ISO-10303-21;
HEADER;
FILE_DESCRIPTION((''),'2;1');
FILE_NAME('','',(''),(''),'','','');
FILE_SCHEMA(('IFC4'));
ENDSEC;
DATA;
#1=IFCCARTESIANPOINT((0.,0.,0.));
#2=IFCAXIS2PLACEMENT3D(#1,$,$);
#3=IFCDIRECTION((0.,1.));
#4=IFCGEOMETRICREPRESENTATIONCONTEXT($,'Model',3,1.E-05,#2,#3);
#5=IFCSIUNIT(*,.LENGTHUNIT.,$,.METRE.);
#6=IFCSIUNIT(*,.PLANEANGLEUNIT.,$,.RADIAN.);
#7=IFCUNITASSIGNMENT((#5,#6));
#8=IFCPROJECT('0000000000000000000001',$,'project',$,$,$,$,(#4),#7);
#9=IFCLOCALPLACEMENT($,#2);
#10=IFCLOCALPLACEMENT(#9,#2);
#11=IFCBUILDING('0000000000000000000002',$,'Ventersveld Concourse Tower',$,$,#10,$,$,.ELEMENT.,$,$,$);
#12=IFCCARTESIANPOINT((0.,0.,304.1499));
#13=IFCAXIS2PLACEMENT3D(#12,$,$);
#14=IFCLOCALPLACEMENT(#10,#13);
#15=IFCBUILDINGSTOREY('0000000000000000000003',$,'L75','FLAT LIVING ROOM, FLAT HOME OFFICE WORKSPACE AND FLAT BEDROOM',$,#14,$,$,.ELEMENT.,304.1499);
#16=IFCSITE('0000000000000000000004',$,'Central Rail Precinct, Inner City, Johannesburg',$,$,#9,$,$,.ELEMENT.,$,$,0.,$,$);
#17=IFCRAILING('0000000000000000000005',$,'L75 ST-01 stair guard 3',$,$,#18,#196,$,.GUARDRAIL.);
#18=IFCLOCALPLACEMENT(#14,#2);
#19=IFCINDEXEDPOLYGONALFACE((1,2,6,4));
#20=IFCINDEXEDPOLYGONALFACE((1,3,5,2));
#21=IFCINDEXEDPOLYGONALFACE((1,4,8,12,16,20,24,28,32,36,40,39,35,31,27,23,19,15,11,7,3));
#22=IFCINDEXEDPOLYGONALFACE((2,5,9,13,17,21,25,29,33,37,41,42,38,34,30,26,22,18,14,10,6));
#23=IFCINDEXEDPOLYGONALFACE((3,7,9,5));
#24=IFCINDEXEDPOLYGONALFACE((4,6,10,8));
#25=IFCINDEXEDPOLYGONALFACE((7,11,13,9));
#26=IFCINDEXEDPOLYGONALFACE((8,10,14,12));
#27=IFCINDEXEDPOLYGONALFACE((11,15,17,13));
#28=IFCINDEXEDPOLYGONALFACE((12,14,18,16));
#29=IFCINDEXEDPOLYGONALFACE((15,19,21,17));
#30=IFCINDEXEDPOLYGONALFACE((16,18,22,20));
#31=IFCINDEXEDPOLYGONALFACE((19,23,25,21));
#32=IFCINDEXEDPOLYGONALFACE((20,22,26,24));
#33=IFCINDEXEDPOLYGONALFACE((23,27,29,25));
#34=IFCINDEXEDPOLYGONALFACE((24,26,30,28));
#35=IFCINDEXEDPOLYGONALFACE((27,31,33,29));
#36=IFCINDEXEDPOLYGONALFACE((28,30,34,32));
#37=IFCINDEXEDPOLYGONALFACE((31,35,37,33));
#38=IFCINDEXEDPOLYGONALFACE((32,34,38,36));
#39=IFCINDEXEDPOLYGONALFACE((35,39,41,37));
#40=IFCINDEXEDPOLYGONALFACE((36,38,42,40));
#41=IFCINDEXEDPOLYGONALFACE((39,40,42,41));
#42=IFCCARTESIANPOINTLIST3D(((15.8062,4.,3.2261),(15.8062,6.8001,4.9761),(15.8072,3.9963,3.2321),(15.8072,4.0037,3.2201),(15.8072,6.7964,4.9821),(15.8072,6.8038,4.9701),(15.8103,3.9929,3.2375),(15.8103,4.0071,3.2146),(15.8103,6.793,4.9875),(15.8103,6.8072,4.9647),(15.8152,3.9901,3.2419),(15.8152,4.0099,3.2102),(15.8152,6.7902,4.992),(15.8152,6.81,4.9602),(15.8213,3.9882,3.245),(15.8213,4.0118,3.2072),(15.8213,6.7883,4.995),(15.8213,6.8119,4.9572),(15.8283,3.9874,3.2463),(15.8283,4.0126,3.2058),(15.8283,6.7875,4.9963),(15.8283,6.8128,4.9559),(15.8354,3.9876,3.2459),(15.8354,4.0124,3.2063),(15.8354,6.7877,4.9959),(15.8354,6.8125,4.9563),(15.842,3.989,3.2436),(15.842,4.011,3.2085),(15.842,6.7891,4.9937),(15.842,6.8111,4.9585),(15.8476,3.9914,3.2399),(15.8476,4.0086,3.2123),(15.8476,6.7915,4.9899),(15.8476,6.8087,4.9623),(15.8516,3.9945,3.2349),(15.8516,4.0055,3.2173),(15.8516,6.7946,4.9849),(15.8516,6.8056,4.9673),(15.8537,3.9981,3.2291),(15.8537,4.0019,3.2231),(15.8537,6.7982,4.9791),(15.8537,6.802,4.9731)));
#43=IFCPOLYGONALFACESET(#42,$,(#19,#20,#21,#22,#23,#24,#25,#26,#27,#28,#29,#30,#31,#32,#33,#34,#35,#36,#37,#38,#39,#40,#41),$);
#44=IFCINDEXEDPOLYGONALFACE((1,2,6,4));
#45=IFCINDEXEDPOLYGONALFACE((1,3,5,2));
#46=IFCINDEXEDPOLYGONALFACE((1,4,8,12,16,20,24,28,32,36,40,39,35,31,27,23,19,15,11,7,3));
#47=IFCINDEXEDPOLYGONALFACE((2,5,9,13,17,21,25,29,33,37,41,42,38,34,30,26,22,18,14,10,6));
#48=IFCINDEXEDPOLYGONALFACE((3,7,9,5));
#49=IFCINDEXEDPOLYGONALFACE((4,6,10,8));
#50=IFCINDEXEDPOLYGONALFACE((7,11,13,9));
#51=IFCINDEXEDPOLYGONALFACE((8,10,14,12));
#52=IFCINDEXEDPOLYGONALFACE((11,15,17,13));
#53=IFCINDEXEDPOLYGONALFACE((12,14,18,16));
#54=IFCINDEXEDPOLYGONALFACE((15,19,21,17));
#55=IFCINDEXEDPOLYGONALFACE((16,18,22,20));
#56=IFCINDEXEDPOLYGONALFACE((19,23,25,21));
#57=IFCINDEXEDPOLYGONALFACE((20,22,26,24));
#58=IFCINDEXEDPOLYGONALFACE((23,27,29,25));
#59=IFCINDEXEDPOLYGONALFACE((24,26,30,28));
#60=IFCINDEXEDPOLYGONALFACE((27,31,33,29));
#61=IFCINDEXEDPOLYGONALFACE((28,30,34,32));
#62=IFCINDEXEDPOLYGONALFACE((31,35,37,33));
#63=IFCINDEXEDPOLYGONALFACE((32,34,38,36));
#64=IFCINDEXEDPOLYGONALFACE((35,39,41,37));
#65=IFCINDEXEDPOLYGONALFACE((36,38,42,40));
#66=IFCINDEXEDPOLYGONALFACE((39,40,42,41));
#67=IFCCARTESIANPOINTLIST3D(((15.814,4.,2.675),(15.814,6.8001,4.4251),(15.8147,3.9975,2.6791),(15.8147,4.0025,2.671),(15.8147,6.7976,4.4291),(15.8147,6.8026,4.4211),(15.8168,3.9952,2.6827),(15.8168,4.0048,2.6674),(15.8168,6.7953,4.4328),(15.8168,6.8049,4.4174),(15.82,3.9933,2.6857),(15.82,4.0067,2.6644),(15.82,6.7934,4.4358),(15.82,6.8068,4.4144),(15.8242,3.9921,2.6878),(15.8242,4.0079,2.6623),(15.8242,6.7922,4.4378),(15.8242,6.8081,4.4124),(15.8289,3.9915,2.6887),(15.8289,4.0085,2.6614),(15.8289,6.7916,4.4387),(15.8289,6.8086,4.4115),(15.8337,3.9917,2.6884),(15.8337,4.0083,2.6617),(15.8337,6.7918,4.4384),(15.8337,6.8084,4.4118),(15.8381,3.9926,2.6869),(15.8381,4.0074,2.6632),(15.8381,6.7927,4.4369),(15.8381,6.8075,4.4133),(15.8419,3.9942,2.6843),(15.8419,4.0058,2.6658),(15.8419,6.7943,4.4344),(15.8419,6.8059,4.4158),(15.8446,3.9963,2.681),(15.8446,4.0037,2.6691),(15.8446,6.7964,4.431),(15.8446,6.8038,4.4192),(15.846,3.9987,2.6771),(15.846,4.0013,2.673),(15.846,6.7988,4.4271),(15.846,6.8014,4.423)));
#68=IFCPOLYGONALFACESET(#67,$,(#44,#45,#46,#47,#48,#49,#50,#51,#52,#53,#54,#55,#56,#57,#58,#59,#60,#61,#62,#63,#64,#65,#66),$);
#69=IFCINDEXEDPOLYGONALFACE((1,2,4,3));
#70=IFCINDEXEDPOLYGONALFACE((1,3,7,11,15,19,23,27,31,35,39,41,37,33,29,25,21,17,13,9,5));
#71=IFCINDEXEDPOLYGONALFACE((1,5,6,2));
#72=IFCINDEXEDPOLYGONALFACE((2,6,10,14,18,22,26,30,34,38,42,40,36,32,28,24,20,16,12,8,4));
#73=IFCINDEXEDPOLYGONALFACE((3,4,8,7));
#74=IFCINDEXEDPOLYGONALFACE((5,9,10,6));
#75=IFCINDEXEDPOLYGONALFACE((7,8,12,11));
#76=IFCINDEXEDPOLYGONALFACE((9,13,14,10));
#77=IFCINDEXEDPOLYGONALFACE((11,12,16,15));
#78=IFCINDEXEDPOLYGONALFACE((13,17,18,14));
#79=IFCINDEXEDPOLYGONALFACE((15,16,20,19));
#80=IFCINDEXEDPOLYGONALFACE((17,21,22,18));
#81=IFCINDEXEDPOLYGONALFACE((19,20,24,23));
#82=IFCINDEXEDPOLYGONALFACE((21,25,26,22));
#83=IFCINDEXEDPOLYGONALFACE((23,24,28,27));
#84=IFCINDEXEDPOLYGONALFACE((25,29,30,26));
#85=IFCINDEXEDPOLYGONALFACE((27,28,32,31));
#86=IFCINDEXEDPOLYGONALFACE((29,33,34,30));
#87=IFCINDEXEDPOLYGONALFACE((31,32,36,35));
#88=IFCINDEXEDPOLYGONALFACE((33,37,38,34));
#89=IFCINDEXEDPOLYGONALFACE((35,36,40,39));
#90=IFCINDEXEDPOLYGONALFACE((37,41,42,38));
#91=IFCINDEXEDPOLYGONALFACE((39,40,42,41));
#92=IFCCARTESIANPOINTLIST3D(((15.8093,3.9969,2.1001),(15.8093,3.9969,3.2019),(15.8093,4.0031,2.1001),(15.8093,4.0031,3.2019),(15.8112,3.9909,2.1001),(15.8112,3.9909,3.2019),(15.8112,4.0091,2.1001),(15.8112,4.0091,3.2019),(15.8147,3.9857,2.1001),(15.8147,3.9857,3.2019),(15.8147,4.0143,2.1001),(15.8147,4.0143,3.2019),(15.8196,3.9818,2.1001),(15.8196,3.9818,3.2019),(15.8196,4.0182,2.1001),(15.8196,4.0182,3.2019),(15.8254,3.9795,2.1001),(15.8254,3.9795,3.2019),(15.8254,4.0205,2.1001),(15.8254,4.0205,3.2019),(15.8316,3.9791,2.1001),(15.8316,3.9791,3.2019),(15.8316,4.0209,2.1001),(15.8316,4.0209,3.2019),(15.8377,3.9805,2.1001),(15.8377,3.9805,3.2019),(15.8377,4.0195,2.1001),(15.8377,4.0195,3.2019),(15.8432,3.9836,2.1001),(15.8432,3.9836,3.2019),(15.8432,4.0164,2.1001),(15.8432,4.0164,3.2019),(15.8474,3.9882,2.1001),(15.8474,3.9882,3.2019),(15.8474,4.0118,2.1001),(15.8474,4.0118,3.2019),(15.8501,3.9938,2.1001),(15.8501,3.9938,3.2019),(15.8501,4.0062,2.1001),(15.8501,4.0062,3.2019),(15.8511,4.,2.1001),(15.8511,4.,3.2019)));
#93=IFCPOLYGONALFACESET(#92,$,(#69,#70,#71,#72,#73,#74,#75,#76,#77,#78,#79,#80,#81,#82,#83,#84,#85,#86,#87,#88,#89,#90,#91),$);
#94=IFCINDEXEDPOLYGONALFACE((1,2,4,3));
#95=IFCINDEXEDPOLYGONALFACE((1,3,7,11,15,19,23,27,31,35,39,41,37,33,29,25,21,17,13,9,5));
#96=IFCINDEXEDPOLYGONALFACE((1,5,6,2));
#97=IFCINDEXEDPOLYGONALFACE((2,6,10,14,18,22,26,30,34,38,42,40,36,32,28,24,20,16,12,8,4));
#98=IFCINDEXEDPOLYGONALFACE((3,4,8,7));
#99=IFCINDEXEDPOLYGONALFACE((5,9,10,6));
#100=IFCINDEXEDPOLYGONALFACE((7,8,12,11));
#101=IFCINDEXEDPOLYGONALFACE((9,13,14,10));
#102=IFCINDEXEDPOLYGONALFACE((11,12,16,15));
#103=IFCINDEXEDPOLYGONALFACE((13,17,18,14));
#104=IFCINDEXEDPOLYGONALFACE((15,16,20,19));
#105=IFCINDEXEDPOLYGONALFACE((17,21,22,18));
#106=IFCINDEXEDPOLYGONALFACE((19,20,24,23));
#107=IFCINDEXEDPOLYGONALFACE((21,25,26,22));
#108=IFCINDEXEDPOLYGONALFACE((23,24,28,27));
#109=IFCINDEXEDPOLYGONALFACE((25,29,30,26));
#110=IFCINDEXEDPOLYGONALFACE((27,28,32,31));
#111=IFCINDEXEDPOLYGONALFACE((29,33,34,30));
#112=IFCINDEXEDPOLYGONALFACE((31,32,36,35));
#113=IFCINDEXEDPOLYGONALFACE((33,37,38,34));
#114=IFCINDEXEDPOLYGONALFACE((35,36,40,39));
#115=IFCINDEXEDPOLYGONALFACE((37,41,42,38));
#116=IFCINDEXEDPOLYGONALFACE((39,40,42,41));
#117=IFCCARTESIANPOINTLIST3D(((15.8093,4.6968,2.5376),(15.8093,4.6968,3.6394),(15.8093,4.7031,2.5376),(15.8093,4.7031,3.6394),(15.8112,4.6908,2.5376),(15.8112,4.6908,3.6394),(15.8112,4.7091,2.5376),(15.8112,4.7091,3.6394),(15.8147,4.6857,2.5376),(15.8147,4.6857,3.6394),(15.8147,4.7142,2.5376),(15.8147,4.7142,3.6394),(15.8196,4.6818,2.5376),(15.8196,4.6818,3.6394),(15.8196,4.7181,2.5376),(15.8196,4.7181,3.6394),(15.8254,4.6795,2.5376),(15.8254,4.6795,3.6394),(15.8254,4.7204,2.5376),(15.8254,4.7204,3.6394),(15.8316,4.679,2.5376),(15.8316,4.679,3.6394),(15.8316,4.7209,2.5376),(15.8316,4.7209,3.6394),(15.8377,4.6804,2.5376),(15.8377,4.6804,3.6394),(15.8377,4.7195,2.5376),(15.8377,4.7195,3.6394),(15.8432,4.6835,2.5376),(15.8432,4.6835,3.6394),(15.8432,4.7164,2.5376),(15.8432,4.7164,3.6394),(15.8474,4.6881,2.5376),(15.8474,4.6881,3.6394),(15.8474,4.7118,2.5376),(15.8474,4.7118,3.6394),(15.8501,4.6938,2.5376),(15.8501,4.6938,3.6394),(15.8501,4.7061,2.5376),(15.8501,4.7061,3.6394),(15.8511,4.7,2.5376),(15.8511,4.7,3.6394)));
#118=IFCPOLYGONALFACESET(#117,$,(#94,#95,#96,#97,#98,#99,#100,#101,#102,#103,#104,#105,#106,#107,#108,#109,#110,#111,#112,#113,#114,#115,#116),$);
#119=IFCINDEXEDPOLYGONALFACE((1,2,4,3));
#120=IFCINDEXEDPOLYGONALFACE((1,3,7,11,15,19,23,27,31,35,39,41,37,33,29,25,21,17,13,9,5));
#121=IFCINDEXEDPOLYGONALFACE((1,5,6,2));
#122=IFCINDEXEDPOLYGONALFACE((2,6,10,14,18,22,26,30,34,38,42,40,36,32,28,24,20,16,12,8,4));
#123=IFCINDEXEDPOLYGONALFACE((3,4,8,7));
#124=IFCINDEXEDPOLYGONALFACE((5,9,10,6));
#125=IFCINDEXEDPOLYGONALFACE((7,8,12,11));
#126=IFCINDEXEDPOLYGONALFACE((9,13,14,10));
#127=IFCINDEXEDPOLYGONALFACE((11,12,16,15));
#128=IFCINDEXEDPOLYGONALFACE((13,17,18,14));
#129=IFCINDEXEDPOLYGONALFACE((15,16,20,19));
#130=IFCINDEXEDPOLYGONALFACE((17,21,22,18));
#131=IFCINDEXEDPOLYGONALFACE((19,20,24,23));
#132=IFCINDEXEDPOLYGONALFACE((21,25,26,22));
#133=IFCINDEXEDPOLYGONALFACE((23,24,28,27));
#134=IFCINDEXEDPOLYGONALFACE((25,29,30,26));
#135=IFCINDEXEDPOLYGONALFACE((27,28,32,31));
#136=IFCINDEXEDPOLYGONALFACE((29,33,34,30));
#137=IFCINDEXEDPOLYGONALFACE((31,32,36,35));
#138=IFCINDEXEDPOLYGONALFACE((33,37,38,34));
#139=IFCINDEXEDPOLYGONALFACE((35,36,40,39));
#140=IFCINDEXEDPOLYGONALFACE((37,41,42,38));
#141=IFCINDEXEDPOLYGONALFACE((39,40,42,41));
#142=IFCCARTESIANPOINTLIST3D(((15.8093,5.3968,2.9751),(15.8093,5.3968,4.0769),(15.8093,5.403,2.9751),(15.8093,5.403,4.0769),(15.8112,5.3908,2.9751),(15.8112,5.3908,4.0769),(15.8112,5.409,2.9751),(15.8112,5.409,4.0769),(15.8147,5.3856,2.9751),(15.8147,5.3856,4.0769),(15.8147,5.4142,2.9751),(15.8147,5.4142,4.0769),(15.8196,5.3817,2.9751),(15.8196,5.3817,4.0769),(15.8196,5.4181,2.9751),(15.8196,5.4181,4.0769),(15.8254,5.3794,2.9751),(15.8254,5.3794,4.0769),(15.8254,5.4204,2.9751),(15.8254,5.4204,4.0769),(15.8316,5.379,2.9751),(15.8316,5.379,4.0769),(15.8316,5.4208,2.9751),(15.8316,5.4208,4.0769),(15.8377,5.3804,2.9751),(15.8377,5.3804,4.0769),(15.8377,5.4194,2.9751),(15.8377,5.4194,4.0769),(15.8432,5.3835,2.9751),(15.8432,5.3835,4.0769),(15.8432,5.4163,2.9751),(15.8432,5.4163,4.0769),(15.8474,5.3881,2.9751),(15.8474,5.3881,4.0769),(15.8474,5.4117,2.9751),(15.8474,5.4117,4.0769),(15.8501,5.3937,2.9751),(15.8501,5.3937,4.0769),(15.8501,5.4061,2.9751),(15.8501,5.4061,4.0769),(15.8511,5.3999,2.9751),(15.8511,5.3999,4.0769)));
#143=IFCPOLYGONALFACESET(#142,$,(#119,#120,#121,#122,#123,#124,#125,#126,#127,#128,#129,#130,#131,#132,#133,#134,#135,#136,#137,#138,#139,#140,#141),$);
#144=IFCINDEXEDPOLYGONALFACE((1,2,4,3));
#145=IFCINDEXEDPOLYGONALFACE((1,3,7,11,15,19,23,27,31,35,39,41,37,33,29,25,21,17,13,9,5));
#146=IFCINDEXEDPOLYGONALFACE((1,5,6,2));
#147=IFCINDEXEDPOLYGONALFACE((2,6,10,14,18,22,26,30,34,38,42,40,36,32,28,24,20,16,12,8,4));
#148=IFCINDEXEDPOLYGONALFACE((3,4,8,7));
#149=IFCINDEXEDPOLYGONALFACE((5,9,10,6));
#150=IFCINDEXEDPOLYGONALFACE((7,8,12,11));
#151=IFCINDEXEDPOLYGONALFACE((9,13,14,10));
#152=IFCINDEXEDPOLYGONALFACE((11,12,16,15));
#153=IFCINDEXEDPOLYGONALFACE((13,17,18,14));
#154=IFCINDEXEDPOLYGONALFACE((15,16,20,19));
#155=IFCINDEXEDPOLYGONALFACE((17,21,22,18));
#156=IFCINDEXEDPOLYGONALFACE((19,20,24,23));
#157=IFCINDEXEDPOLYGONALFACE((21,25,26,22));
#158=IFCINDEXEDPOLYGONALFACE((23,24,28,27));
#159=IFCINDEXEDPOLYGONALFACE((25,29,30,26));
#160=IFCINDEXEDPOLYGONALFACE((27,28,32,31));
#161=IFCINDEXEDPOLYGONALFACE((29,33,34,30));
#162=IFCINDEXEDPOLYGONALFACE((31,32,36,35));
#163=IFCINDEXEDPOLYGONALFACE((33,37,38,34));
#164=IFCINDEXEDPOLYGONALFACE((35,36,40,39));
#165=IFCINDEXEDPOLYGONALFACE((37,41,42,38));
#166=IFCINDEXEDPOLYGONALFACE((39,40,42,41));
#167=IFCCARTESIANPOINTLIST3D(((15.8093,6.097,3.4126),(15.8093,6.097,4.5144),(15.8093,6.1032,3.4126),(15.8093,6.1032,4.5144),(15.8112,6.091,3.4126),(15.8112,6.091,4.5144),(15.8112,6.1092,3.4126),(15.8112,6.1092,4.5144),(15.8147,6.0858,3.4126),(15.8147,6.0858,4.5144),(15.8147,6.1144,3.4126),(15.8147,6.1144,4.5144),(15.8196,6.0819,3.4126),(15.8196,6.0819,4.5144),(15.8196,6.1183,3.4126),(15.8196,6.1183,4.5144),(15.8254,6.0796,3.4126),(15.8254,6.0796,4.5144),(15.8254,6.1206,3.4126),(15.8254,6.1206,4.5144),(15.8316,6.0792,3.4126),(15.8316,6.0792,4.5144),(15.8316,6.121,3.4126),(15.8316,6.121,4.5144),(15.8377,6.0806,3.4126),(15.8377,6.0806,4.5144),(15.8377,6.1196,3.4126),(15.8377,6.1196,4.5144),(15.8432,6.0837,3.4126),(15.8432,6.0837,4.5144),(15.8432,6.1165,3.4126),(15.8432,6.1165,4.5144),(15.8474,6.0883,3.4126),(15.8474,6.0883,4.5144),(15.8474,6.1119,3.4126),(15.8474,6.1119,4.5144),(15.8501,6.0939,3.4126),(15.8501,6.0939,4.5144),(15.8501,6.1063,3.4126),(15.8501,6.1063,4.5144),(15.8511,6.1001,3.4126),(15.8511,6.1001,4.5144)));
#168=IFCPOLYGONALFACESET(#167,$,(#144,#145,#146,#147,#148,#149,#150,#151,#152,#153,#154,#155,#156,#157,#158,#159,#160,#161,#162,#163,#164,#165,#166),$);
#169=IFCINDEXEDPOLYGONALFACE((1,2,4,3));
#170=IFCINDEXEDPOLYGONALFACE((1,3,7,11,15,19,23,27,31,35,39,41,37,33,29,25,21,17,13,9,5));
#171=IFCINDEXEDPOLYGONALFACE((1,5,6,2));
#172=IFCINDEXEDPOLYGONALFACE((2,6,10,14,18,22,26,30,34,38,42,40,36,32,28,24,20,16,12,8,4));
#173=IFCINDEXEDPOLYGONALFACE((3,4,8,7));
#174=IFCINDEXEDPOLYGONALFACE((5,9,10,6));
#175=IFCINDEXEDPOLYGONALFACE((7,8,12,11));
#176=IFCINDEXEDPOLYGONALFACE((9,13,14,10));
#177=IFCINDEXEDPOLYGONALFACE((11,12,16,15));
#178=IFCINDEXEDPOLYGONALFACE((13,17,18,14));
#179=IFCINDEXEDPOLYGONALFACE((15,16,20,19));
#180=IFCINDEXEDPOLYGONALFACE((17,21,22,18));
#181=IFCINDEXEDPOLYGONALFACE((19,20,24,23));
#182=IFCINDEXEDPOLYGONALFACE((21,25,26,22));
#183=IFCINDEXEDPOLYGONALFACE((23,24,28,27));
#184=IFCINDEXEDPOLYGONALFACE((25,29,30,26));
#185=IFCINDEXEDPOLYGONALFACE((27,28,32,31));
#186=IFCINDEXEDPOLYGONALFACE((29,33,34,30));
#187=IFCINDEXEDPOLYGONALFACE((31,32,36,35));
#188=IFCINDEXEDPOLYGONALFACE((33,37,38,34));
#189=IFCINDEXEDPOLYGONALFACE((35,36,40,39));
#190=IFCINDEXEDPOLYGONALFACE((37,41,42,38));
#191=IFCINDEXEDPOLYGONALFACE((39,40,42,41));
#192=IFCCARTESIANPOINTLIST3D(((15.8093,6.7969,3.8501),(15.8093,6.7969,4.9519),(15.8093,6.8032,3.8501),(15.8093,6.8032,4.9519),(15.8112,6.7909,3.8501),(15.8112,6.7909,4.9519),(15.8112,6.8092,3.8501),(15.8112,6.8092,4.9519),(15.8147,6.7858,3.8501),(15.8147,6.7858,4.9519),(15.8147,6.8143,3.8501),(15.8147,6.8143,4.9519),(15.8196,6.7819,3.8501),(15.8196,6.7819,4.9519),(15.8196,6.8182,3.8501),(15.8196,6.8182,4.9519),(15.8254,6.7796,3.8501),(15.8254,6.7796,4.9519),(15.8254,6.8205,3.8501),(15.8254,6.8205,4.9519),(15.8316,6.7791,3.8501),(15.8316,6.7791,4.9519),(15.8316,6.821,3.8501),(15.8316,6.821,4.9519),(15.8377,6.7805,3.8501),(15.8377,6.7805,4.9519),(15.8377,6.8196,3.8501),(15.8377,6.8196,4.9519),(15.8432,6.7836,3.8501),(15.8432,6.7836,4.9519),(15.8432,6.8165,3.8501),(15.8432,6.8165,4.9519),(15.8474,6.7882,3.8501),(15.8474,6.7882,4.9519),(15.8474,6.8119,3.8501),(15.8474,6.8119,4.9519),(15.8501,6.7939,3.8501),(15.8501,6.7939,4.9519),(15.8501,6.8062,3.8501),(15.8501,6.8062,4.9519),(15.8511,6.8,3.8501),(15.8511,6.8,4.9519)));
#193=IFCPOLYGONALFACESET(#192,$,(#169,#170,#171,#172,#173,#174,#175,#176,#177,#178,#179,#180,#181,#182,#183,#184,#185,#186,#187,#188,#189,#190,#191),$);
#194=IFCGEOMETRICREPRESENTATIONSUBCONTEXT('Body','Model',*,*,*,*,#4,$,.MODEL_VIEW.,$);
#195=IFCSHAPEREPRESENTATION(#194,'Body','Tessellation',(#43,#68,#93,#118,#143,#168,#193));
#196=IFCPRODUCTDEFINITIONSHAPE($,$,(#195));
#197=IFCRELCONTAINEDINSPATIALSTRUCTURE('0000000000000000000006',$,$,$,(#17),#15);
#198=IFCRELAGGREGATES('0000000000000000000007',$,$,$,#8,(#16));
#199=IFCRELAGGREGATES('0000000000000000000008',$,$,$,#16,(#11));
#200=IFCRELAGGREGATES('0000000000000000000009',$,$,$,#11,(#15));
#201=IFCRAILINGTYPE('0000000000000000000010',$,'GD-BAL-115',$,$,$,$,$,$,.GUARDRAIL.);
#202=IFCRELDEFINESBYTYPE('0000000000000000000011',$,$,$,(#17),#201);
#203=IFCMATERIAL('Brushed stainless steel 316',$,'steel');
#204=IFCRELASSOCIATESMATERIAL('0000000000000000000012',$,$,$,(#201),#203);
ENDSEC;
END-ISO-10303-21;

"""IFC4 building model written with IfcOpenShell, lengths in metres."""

from ifc_helpers import new_model, si_unit, direction, frame, origin, origin_2d, place, context, subcontext, project, spatial, circle, extrude, material, type_object, element, save


model = new_model("IFC4")

# Units and contexts
model_context = context("Model", 3, precision=1e-05, world=origin(), true_north=direction((0.0, 1.0)))
body_context = subcontext(model_context, "Body", "Model", "MODEL_VIEW")
ifc_project = project(units=[si_unit("LENGTHUNIT", "METRE"), si_unit("PLANEANGLEUNIT", "RADIAN")], contexts=[model_context])

# Site, building, storey
site_placement = place(None, origin())
site = spatial("IfcSite", under=ifc_project, at=site_placement, Name="Central Rail Precinct, Inner City, Johannesburg", CompositionType="ELEMENT", RefElevation=0.0)
building_placement = place(site_placement, origin())
building = spatial("IfcBuilding", under=site, at=building_placement, Name="Ventersveld Concourse Tower", CompositionType="ELEMENT")
storey_placement = place(building_placement, frame((0.0, 0.0, 304.1499)))
storey = spatial("IfcBuildingStorey", under=building, at=storey_placement, Name="L75", Description="FLAT LIVING ROOM, FLAT HOME OFFICE WORKSPACE AND FLAT BEDROOM", CompositionType="ELEMENT", Elevation=304.1499)

# Railing
ifc_material_1 = material(Name="Brushed stainless steel 316", Category="steel")
railing_type_1 = type_object("IfcRailingType", Name="GD-BAL-115", PredefinedType="GUARDRAIL", material=ifc_material_1)
railing_1_placement = place(storey_placement, frame((15.8301, 4.0, 2.1001)))
element("IfcRailing", 1, at=railing_1_placement, inside=storey, type_object=railing_type_1, Name="L75 ST-01 stair guard 3", PredefinedType="GUARDRAIL", context=body_context, shape_type="SweptSolid", body=[
    extrude(circle(Radius=0.0239, at=origin_2d()), frame((0.0, 0.0, 1.126), z_axis=(0.0, 0.848002, 0.529992), x_axis=(-1.0, 0.0, 0.0)), (0.0, 0.0, 1.0), 3.302),
    extrude(circle(Radius=0.0161, at=origin_2d()), frame((0.0, 0.0, 0.575), z_axis=(0.0, 0.848002, 0.529992), x_axis=(-1.0, 0.0, 0.0)), (0.0, 0.0, 1.0), 3.302),
    extrude(circle(Radius=0.021, at=origin_2d()), origin(), (0.0, 0.0, 1.0), 1.1018),
    extrude(circle(Radius=0.021, at=origin_2d()), frame((0.0, 0.7, 0.4375)), (0.0, 0.0, 1.0), 1.1018),
    extrude(circle(Radius=0.021, at=origin_2d()), frame((0.0, 1.3999, 0.875)), (0.0, 0.0, 1.0), 1.1018),
    extrude(circle(Radius=0.021, at=origin_2d()), frame((0.0, 2.1001, 1.3125)), (0.0, 0.0, 1.0), 1.1018),
    extrude(circle(Radius=0.021, at=origin_2d()), frame((0.0, 2.8, 1.75)), (0.0, 0.0, 1.0), 1.1018),
])

save(model, "model.ifc")
